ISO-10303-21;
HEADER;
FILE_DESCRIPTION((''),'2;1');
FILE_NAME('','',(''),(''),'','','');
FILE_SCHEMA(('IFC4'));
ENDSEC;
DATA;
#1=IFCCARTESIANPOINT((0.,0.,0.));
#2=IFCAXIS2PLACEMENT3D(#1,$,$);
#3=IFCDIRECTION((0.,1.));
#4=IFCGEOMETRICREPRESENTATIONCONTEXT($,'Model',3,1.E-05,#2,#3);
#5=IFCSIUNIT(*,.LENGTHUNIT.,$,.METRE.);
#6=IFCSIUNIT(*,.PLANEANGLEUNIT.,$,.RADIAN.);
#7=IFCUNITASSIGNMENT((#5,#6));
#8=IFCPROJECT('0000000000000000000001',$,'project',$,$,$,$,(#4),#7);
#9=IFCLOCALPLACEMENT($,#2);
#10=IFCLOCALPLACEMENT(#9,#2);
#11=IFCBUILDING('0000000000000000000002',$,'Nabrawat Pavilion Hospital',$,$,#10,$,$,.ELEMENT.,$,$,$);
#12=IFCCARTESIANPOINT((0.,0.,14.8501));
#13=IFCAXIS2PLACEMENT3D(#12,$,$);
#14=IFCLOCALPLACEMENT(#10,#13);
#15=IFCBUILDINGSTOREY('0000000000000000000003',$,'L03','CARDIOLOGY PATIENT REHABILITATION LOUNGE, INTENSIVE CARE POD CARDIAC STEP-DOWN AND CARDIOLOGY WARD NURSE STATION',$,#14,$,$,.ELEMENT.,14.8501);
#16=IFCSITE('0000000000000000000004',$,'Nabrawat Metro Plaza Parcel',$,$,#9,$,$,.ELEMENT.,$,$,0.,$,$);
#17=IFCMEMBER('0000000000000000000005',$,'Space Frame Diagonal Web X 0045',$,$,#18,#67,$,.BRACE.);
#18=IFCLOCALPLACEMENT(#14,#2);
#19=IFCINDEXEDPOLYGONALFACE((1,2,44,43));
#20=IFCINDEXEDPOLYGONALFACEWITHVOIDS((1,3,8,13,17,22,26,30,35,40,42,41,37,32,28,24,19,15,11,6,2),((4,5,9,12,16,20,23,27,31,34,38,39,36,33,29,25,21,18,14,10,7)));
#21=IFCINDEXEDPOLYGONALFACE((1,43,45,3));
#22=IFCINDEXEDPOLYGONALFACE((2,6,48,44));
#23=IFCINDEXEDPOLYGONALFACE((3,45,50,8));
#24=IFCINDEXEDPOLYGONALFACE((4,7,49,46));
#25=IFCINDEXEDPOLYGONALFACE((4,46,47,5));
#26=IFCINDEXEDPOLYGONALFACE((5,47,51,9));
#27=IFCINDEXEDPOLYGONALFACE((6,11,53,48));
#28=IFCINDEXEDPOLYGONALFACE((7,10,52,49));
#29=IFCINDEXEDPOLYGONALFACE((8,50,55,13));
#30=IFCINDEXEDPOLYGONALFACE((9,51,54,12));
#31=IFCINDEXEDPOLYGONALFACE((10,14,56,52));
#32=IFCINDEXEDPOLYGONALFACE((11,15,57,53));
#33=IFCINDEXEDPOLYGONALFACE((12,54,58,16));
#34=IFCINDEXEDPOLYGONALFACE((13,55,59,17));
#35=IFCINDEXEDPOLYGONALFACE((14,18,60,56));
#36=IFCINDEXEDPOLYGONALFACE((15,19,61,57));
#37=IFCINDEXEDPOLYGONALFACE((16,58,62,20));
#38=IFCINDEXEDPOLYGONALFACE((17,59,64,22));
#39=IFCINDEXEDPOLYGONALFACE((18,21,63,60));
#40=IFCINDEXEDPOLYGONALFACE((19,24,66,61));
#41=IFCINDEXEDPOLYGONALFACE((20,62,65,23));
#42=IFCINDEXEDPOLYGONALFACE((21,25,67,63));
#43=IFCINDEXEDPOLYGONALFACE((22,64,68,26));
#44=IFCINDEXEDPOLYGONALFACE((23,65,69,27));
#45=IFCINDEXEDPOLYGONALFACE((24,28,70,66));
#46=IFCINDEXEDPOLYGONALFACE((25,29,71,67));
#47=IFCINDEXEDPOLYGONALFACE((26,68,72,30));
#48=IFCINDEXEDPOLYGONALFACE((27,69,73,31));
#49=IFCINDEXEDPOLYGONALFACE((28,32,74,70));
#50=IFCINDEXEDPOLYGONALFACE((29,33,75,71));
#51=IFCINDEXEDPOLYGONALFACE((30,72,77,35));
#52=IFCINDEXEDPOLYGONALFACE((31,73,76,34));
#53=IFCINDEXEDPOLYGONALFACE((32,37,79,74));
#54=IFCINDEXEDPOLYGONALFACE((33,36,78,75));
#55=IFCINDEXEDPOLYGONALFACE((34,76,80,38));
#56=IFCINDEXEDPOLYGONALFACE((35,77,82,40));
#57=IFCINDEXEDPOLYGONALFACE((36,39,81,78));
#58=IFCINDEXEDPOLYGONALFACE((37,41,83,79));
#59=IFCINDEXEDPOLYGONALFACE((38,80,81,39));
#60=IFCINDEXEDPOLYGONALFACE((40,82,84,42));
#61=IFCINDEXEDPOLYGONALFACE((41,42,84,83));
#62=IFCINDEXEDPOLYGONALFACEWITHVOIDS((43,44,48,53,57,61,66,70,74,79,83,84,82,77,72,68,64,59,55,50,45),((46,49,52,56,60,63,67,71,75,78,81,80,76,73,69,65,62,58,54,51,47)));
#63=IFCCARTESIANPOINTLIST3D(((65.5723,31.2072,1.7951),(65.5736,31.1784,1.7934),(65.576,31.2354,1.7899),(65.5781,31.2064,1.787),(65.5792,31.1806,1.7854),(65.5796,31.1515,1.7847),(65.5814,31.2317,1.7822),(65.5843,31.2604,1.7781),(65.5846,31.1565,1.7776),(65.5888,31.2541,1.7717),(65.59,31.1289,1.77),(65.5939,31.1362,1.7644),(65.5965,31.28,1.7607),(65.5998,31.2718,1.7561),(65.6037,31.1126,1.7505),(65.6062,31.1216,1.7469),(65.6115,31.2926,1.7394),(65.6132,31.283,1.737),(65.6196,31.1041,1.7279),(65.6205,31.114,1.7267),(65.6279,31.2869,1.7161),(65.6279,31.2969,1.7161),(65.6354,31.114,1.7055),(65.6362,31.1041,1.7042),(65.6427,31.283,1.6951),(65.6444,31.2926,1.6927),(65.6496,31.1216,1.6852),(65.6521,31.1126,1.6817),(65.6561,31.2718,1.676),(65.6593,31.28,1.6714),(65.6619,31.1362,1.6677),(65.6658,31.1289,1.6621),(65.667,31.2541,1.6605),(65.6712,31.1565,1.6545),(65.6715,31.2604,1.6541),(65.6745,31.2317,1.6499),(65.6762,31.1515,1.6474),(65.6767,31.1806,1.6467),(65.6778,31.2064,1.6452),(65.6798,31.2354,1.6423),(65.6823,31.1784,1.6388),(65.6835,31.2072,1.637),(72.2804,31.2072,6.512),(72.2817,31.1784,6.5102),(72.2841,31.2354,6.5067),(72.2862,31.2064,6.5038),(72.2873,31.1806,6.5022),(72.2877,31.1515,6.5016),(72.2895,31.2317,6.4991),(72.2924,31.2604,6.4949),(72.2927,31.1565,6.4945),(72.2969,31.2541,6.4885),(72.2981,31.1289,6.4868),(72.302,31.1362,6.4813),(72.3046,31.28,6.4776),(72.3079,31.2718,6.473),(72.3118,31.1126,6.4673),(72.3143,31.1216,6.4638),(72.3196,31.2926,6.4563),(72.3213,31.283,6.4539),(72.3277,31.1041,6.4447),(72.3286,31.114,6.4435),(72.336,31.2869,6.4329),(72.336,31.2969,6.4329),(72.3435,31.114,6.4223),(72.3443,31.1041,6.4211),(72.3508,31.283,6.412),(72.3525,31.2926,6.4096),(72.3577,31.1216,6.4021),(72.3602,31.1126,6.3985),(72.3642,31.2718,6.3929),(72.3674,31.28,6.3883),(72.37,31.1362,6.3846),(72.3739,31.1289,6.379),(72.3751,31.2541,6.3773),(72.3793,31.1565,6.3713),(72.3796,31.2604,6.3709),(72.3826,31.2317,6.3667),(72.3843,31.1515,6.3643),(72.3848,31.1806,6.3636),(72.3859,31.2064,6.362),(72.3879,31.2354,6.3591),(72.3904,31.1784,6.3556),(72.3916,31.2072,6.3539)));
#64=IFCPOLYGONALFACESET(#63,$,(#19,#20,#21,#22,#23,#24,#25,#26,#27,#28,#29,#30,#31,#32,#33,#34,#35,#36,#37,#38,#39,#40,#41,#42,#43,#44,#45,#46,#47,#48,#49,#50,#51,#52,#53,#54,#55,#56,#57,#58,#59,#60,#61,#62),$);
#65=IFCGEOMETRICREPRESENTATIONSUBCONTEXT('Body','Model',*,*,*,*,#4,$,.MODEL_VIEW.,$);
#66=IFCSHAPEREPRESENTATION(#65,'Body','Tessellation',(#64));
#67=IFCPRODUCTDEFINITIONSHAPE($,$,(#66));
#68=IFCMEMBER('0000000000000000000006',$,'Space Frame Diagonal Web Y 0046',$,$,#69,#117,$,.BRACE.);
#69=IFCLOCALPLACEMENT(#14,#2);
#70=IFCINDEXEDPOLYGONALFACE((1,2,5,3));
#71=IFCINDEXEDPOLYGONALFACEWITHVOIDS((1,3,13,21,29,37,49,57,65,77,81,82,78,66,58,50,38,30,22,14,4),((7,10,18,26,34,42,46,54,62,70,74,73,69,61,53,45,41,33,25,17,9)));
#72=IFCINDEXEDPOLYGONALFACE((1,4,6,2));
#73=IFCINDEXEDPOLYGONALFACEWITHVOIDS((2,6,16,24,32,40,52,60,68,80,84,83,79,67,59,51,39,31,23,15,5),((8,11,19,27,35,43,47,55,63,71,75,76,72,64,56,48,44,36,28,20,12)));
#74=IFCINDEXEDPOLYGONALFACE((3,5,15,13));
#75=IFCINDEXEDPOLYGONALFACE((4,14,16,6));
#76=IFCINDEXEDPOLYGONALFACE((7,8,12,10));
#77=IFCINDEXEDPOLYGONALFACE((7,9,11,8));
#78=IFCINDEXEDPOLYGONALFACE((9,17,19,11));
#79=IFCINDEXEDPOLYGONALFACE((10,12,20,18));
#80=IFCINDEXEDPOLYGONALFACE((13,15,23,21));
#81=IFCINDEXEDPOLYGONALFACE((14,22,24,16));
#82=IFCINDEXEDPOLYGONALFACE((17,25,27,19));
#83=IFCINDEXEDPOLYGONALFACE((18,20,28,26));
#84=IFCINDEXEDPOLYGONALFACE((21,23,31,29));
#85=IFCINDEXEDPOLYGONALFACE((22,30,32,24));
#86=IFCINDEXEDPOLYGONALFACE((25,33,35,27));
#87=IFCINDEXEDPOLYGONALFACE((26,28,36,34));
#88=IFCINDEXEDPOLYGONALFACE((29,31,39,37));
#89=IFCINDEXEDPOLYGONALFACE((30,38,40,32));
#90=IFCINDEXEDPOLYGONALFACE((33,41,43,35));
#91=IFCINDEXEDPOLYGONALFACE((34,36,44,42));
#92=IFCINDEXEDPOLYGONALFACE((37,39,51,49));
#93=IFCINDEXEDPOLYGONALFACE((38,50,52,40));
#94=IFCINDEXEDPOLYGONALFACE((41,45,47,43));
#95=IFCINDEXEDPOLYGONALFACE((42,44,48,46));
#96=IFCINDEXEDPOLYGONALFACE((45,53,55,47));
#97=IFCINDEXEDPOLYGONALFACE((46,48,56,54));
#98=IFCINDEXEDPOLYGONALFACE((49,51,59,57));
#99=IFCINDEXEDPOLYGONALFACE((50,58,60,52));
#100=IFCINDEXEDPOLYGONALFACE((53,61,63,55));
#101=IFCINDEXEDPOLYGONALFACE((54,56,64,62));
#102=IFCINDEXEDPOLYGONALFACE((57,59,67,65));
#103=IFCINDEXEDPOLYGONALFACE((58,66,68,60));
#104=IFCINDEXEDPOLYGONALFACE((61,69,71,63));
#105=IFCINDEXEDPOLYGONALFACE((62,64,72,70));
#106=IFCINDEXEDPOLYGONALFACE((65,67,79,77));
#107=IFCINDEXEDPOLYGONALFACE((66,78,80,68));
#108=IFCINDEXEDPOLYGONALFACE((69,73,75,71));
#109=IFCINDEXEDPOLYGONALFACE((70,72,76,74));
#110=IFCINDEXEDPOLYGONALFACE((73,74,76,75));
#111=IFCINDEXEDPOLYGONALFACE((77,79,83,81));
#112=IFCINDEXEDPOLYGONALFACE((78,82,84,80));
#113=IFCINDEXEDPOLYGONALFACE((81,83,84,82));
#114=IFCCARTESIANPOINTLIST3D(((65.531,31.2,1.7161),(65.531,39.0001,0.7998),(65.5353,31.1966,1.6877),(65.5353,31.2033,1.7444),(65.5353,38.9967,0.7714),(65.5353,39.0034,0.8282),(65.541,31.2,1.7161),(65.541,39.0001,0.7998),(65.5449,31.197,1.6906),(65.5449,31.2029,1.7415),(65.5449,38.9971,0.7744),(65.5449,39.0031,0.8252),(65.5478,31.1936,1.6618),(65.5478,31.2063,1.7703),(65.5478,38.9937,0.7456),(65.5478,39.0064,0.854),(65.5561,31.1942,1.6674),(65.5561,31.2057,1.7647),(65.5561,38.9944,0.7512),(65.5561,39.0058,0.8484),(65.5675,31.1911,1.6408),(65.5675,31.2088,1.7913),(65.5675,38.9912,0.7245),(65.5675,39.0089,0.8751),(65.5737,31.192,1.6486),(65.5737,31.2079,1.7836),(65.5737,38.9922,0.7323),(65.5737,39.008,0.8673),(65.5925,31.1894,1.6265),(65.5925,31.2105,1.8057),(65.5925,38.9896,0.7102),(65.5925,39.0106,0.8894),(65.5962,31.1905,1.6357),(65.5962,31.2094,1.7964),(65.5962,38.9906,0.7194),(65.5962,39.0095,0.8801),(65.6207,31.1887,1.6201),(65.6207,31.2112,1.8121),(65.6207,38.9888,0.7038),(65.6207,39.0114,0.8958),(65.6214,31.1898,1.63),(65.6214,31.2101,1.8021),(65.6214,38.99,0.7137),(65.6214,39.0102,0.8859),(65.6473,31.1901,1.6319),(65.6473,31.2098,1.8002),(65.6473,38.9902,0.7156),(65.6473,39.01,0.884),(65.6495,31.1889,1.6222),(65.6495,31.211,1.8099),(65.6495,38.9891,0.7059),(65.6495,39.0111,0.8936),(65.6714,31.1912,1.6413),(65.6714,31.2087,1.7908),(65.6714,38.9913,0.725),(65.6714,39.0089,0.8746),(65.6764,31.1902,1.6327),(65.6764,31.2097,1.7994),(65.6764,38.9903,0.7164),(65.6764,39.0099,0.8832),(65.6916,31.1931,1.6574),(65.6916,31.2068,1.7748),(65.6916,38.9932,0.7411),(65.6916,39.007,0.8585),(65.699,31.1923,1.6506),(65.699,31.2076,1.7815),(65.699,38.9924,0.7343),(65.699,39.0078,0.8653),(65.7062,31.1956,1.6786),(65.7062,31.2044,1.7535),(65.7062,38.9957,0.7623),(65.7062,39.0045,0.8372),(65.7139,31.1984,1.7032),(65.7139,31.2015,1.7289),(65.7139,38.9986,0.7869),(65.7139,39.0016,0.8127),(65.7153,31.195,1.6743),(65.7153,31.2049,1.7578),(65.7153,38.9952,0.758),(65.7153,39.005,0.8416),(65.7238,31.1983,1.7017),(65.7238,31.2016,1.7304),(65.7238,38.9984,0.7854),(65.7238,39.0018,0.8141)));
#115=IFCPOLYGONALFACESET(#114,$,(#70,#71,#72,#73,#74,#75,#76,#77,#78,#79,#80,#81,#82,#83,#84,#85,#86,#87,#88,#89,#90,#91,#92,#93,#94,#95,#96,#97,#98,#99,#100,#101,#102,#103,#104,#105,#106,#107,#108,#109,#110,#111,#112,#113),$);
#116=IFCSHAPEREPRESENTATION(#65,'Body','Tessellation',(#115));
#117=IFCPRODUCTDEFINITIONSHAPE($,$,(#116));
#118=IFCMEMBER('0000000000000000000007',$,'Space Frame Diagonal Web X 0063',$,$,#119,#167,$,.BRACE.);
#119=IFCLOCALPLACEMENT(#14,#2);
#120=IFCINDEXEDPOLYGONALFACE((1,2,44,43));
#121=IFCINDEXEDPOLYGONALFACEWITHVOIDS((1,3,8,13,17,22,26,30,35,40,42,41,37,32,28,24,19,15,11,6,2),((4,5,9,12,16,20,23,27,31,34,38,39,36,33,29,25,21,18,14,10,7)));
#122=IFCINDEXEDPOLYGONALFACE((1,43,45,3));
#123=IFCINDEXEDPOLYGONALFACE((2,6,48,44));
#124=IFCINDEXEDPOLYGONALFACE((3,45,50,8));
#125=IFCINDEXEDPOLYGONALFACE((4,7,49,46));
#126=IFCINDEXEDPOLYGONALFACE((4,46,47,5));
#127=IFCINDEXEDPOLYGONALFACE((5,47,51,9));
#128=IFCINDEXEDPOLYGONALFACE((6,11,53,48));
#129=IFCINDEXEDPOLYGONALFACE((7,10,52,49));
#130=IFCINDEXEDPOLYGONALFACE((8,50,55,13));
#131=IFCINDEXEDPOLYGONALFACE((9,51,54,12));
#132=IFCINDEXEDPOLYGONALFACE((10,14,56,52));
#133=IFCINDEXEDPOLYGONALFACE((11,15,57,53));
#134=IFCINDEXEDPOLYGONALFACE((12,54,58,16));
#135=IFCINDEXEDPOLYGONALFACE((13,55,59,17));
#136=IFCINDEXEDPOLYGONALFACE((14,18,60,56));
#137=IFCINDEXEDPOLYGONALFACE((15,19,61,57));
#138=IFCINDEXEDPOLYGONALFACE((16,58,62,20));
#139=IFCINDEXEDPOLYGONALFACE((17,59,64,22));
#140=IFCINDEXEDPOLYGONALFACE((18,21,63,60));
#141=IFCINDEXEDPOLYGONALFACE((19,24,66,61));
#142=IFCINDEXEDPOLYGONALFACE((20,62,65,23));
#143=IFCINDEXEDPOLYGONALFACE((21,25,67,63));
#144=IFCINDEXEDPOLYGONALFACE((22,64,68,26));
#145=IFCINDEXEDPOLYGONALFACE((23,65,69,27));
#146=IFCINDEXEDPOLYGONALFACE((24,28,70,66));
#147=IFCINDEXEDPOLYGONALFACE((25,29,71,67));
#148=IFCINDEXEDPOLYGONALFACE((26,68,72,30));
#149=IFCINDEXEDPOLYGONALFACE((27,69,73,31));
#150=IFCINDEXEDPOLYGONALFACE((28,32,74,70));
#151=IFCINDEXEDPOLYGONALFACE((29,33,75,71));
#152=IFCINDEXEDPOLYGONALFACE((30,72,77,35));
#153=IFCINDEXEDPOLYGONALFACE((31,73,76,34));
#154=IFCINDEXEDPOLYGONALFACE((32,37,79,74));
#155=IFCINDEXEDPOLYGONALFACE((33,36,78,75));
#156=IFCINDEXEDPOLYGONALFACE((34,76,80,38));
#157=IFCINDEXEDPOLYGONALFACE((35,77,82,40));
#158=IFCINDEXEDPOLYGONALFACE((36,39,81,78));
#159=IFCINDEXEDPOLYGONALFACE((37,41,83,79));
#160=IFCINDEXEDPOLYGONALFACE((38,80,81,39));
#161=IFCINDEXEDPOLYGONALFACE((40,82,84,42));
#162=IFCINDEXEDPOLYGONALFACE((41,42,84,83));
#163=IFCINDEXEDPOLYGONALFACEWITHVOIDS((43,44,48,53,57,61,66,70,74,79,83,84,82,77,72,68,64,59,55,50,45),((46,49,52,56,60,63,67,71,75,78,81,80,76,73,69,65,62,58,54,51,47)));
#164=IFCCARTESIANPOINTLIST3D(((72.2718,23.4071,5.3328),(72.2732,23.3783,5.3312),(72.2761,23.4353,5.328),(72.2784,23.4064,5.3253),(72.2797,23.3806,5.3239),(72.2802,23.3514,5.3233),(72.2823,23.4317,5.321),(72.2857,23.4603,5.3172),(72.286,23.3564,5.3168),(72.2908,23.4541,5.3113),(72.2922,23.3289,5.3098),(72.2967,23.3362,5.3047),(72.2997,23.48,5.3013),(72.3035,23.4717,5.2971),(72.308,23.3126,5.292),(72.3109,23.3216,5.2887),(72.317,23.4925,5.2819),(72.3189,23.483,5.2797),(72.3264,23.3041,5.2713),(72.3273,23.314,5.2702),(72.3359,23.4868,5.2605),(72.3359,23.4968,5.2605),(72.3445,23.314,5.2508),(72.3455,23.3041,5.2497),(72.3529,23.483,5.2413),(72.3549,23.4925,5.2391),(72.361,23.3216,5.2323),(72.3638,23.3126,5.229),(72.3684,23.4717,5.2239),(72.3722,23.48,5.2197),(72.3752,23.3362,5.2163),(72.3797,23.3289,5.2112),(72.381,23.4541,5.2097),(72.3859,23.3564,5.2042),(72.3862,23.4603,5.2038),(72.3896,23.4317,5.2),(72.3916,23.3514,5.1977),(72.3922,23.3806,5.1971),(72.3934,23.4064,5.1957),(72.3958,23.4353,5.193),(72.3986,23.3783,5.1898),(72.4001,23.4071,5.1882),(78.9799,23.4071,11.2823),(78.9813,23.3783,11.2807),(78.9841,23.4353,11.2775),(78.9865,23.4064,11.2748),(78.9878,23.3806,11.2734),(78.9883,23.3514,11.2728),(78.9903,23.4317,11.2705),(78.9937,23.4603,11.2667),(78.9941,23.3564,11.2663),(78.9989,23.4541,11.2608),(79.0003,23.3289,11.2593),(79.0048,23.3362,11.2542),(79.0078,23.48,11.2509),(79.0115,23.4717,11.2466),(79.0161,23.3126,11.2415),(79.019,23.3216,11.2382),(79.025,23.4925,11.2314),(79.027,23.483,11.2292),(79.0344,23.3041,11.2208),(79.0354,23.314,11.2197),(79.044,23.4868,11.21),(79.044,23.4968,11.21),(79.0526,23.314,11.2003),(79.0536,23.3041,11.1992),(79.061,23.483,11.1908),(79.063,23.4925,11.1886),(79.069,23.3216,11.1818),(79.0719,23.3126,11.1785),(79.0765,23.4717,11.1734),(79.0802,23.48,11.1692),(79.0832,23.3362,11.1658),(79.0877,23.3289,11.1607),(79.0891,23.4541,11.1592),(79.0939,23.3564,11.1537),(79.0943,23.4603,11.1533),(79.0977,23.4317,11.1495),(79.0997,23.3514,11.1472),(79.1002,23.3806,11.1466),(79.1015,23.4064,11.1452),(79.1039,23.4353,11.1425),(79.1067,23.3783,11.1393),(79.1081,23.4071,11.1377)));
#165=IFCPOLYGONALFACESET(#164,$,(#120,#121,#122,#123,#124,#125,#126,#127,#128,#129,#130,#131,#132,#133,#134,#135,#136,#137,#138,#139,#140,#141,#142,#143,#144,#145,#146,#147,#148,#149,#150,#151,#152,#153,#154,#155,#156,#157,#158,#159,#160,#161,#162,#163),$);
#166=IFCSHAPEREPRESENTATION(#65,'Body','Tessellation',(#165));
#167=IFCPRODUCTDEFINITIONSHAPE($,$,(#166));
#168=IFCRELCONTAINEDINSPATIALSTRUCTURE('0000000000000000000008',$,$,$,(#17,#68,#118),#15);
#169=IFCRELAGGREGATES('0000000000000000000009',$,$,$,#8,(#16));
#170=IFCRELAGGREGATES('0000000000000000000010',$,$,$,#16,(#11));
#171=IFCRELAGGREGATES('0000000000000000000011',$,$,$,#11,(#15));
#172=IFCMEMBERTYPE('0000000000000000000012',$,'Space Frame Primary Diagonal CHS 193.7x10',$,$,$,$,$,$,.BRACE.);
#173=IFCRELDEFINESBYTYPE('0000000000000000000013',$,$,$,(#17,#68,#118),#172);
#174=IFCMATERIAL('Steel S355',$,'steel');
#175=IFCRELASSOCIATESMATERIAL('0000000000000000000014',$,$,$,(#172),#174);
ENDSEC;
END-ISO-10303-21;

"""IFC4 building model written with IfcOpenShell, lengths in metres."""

from ifc_helpers import new_model, si_unit, direction, frame, origin, origin_2d, place, context, subcontext, project, spatial, hollow_circle, extrude, material, material_profile, profile_set, type_object, element, save


model = new_model("IFC4")

# Units and contexts
model_context = context("Model", 3, precision=1e-05, world=origin(), true_north=direction((0.0, 1.0)))
body_context = subcontext(model_context, "Body", "Model", "MODEL_VIEW")
ifc_project = project(units=[si_unit("LENGTHUNIT", "METRE"), si_unit("PLANEANGLEUNIT", "RADIAN")], contexts=[model_context])

# Site, building, storey
site_placement = place(None, origin())
site = spatial("IfcSite", under=ifc_project, at=site_placement, Name="Nabrawat Metro Plaza Parcel", CompositionType="ELEMENT", RefElevation=0.0)
building_placement = place(site_placement, origin())
building = spatial("IfcBuilding", under=site, at=building_placement, Name="Nabrawat Pavilion Hospital", CompositionType="ELEMENT")
storey_placement = place(building_placement, frame((0.0, 0.0, 14.8501)))
storey = spatial("IfcBuildingStorey", under=building, at=storey_placement, Name="L03", Description="CARDIOLOGY PATIENT REHABILITATION LOUNGE, INTENSIVE CARE POD CARDIAC STEP-DOWN AND CARDIOLOGY WARD NURSE STATION", CompositionType="ELEMENT", Elevation=14.8501)

# Members
ifc_material = material(Name="Steel S355", Category="steel")
ifc_material_profile_1 = material_profile(ifc_material, hollow_circle(Radius=0.0969, WallThickness=0.01, at=origin_2d()), Name="CHS 193.7x10")
ifc_profile_set_1 = profile_set([ifc_material_profile_1], Name="Steel S355")
member_type_1 = type_object("IfcMemberType", Name="Space Frame Primary Diagonal CHS 193.7x10", PredefinedType="BRACE", material=ifc_profile_set_1)
member_1_placement = place(storey_placement, frame((65.6279, 31.2, 1.7161), z_axis=(0.818016, 0.0, 0.575195), x_axis=(0.0, 1.0, 0.0)))
element("IfcMember", 1, at=member_1_placement, inside=storey, type_object=member_type_1, Name="Space Frame Diagonal Web X 0045", PredefinedType="BRACE", context=body_context, shape_type="SweptSolid", body=[
    extrude(hollow_circle(Radius=0.0969, WallThickness=0.01, at=origin_2d()), origin(), (0.0, 0.0, 1.0), 8.2004),
])
member_2_placement = place(storey_placement, frame((65.6279, 31.2, 1.7161), z_axis=(0.0, 0.993171, -0.116666), x_axis=(-1.0, 0.0, 0.0)))
element("IfcMember", 2, at=member_2_placement, inside=storey, type_object=member_type_1, Name="Space Frame Diagonal Web Y 0046", PredefinedType="BRACE", context=body_context, shape_type="SweptSolid", body=[
    extrude(hollow_circle(Radius=0.0969, WallThickness=0.01, at=origin_2d()), origin(), (0.0, 0.0, 1.0), 7.8538),
])
member_3_placement = place(storey_placement, frame((72.3359, 23.3999, 5.2605), z_axis=(0.74814, 0.0, 0.66354), x_axis=(0.0, 1.0, 0.0)))
element("IfcMember", 3, at=member_3_placement, inside=storey, type_object=member_type_1, Name="Space Frame Diagonal Web X 0063", PredefinedType="BRACE", context=body_context, shape_type="SweptSolid", body=[
    extrude(hollow_circle(Radius=0.0969, WallThickness=0.01, at=origin_2d()), origin(), (0.0, 0.0, 1.0), 8.9663),
])

save(model, "model.ifc")
